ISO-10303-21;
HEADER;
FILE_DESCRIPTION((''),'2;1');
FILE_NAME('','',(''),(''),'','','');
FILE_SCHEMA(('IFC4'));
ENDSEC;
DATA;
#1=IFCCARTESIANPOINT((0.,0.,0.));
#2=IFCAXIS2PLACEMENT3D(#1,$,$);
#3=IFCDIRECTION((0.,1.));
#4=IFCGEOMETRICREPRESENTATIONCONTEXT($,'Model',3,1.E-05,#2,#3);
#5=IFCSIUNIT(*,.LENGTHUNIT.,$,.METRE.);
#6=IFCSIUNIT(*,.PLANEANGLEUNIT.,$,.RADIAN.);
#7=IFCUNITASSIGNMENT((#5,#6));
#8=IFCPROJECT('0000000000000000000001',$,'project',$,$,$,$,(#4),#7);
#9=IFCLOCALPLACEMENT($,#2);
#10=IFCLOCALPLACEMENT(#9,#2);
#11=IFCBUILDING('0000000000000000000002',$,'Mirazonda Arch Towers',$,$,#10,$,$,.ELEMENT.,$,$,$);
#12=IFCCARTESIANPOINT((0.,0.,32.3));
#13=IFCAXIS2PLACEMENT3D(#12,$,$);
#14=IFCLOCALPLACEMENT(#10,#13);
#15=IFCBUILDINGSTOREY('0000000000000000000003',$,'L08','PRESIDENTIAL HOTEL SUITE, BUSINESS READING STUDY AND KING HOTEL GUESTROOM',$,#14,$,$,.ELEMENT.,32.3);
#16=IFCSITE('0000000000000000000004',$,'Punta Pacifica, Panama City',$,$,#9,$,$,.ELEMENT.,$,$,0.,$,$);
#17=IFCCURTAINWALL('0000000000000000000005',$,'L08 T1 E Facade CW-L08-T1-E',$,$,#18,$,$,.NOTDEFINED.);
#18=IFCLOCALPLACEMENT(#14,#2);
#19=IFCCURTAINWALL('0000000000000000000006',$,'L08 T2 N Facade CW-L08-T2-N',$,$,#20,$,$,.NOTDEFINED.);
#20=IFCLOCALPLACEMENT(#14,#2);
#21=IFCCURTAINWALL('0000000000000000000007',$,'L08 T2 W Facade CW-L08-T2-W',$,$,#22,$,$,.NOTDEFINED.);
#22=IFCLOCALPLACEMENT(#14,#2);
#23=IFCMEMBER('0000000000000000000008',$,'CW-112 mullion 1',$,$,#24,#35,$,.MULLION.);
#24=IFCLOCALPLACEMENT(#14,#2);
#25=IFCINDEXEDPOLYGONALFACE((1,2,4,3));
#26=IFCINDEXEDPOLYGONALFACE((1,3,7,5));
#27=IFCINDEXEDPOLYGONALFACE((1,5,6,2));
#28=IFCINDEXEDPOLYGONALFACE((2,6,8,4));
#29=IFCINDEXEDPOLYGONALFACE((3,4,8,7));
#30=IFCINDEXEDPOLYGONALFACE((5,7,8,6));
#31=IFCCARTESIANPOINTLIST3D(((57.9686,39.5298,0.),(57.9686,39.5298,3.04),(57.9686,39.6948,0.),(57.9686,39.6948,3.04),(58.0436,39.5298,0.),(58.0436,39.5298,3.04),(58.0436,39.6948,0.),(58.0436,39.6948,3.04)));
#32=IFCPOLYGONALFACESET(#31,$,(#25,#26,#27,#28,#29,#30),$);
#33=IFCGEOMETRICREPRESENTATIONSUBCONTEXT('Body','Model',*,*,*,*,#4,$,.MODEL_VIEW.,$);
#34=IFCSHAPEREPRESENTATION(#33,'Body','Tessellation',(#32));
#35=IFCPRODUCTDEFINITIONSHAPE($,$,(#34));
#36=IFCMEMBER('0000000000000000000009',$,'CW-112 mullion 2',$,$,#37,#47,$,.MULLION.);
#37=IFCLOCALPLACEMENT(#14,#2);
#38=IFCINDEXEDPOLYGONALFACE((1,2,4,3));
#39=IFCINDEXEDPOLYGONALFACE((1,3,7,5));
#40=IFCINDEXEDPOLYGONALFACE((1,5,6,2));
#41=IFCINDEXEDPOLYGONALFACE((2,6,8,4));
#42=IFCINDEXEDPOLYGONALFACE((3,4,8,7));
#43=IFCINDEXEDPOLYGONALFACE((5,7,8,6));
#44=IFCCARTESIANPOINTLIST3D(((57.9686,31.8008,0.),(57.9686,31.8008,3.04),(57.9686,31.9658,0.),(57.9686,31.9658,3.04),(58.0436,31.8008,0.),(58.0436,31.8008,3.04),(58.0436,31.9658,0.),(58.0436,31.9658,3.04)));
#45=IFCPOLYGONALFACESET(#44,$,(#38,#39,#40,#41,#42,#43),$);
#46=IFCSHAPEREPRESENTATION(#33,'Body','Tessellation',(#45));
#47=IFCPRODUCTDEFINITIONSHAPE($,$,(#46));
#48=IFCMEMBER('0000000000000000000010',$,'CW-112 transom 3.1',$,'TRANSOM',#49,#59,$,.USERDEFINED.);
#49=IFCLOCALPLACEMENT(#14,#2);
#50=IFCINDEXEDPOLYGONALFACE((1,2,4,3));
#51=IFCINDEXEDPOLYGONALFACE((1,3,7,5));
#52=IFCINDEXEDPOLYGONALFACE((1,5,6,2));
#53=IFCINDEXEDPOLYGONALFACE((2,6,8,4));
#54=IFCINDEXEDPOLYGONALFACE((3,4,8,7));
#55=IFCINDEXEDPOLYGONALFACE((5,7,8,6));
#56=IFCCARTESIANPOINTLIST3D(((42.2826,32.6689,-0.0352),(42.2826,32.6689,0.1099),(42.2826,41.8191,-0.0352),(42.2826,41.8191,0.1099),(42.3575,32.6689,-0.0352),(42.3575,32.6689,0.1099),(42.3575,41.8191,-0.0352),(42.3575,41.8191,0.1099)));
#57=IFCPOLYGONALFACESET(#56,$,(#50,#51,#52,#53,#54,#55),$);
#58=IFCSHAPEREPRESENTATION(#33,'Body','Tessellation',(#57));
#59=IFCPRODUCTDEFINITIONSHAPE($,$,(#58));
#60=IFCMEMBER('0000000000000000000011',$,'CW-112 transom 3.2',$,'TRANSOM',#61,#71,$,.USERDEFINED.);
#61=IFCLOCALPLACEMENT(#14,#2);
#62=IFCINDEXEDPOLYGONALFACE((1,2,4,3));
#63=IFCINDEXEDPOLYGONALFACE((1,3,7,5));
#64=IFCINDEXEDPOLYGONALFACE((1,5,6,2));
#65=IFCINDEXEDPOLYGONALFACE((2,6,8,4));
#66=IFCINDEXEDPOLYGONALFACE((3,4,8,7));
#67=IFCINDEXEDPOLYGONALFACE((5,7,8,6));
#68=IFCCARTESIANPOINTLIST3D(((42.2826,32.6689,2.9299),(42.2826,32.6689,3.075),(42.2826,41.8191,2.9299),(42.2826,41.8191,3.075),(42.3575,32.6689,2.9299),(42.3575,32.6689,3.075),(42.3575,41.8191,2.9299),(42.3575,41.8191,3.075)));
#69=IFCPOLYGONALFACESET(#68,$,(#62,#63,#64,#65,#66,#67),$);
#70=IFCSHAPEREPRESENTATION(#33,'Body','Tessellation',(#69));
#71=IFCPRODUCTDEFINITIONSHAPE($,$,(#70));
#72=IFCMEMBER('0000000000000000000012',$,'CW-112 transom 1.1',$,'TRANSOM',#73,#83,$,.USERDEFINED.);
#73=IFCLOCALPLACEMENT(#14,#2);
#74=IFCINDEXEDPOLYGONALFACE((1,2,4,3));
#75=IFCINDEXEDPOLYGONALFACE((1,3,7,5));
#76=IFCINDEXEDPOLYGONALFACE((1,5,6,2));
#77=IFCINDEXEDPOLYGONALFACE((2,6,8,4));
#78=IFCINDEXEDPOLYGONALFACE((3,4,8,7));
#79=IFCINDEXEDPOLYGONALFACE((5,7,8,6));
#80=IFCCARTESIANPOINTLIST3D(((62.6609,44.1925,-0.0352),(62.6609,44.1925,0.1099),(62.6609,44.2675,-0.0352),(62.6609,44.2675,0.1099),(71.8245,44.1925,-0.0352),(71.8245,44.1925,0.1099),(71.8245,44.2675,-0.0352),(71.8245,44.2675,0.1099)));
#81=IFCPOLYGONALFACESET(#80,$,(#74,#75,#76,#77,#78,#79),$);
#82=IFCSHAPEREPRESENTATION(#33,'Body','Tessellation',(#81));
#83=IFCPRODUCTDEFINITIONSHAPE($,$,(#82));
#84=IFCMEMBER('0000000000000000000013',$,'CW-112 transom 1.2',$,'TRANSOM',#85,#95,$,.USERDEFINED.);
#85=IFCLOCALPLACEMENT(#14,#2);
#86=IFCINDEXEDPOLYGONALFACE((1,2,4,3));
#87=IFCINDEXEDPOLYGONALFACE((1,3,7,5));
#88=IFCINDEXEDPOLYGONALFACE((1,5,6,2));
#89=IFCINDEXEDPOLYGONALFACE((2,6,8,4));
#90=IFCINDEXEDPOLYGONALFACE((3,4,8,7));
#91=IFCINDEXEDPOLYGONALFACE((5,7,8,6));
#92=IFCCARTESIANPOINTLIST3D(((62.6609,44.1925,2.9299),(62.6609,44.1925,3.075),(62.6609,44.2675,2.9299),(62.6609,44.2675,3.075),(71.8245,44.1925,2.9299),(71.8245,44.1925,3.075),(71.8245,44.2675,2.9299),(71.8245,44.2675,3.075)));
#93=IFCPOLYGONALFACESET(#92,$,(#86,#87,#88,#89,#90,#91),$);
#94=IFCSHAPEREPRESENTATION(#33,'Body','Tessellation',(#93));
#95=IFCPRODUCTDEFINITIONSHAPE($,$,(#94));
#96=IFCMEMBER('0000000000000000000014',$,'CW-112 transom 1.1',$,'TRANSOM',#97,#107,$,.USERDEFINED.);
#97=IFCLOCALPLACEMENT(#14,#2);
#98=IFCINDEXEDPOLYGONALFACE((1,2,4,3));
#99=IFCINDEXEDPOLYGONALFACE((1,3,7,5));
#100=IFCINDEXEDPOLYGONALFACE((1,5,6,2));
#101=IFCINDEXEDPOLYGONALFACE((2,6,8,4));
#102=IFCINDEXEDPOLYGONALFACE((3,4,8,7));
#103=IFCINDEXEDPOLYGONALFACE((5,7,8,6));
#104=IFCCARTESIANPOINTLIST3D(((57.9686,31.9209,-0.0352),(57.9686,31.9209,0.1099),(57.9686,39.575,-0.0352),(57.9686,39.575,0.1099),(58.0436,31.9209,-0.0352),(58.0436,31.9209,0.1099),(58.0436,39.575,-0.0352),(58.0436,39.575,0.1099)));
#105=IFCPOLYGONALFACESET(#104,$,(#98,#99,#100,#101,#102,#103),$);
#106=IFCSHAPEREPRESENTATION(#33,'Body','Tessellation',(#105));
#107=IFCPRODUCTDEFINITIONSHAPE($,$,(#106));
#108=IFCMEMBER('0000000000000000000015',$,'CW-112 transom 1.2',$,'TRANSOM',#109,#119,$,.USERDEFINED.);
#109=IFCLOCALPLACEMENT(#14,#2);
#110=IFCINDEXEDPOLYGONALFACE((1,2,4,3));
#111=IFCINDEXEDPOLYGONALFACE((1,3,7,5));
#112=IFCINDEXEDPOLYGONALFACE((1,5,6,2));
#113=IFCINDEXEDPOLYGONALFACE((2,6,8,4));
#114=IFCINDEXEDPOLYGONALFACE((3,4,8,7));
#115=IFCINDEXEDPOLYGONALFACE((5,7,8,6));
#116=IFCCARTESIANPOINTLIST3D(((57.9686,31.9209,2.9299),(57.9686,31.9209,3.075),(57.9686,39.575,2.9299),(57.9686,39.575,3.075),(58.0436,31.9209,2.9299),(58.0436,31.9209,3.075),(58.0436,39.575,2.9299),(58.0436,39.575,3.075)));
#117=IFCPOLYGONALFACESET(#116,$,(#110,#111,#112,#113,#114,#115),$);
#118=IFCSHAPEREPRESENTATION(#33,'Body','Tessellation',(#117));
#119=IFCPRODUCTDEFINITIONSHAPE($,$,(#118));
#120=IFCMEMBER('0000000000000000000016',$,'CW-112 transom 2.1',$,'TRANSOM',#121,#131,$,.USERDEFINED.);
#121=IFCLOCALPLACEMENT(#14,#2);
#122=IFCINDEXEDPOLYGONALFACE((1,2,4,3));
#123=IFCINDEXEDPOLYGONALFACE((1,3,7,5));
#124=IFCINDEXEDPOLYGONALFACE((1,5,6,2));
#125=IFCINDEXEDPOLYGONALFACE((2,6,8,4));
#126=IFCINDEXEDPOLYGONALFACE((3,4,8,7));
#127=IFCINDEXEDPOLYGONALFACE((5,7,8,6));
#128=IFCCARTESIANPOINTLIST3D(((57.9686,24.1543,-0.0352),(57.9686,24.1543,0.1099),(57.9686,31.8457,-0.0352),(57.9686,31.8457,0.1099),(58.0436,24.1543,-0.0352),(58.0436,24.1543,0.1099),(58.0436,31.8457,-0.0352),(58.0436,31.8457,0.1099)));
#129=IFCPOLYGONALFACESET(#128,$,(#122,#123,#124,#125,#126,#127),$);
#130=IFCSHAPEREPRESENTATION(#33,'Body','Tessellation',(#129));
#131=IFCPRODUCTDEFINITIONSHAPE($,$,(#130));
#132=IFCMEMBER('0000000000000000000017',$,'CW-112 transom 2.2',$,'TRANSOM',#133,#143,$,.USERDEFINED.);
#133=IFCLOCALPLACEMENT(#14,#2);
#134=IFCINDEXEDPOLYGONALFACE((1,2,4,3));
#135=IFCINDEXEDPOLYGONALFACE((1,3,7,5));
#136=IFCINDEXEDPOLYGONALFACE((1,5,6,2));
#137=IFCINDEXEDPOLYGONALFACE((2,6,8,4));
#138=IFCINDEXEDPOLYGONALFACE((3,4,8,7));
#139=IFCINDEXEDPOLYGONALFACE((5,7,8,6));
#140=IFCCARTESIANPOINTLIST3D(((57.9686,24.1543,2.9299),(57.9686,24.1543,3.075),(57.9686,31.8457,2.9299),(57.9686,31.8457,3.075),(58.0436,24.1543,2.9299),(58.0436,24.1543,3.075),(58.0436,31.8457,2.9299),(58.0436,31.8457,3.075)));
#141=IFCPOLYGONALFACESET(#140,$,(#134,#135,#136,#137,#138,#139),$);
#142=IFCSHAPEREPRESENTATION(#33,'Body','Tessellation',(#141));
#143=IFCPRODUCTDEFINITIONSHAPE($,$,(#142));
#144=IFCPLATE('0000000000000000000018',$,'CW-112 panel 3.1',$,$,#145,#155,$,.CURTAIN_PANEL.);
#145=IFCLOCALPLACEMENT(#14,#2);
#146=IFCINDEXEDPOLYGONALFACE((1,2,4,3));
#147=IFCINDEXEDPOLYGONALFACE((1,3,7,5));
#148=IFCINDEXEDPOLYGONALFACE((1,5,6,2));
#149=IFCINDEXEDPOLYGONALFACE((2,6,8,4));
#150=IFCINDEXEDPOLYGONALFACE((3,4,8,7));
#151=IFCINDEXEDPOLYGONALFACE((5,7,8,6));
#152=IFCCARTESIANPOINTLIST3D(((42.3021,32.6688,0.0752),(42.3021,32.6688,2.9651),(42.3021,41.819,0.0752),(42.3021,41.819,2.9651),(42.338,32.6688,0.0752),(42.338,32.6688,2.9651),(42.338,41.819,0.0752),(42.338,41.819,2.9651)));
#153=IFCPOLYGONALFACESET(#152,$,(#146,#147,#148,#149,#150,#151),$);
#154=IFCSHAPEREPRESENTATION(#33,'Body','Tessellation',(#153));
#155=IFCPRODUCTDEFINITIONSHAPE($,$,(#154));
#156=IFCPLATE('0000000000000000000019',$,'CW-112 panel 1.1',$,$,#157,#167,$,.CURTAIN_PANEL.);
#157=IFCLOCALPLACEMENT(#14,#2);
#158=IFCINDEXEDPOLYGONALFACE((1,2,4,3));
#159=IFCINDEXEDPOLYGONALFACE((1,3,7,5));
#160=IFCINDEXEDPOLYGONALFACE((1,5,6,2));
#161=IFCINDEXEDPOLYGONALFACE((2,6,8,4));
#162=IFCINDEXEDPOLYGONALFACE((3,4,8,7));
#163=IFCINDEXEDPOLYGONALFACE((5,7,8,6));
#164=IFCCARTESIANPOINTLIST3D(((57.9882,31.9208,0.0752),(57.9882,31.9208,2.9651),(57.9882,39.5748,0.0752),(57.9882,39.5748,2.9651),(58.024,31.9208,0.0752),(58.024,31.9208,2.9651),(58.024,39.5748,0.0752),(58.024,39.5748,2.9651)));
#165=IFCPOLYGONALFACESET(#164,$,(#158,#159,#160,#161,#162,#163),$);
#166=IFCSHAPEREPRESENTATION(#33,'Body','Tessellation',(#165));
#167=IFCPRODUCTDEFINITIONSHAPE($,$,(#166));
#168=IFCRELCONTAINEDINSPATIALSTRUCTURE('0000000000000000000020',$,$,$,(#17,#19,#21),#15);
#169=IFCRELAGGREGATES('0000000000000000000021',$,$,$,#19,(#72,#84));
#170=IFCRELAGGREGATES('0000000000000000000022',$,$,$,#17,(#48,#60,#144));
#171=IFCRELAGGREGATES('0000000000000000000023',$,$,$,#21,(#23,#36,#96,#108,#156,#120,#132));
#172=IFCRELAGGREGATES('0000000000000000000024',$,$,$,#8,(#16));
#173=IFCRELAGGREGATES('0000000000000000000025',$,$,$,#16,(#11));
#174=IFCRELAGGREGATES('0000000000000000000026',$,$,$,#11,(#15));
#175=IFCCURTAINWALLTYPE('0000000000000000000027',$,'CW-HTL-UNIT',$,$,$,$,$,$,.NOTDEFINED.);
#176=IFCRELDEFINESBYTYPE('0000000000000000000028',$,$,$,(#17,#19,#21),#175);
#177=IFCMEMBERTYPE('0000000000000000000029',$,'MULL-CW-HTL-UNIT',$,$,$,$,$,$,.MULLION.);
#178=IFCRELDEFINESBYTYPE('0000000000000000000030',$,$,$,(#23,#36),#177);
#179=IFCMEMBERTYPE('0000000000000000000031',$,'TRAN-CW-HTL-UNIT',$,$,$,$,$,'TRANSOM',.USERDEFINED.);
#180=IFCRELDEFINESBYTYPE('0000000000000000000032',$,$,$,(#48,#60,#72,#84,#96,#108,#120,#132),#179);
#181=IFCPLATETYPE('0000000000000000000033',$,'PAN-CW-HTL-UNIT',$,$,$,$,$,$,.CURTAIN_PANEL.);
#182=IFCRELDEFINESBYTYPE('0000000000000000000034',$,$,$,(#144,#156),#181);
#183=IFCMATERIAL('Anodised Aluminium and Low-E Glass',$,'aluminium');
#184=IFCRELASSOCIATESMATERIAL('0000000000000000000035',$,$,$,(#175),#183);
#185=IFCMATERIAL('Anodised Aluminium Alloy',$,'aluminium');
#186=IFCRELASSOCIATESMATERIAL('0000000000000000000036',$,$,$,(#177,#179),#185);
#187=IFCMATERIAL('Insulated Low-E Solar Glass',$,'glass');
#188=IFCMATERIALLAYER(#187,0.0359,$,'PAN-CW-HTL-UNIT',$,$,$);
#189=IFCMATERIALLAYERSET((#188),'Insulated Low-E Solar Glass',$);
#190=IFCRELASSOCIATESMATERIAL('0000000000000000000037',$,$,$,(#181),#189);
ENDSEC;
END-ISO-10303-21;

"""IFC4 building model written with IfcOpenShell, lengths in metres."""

from ifc_helpers import new_model, si_unit, direction, frame, origin, origin_2d, place, context, subcontext, project, spatial, rectangle, extrude, material, layer, layer_set, material_profile, profile_set, type_object, element, aggregate, save


model = new_model("IFC4")

# Units and contexts
model_context = context("Model", 3, precision=1e-05, world=origin(), true_north=direction((0.0, 1.0)))
body_context = subcontext(model_context, "Body", "Model", "MODEL_VIEW")
ifc_project = project(units=[si_unit("LENGTHUNIT", "METRE"), si_unit("PLANEANGLEUNIT", "RADIAN")], contexts=[model_context])

# Site, building, storey
site_placement = place(None, origin())
site = spatial("IfcSite", under=ifc_project, at=site_placement, Name="Punta Pacifica, Panama City", CompositionType="ELEMENT", RefElevation=0.0)
building_placement = place(site_placement, origin())
building = spatial("IfcBuilding", under=site, at=building_placement, Name="Mirazonda Arch Towers", CompositionType="ELEMENT")
storey_placement = place(building_placement, frame((0.0, 0.0, 32.3)))
storey = spatial("IfcBuildingStorey", under=building, at=storey_placement, Name="L08", Description="PRESIDENTIAL HOTEL SUITE, BUSINESS READING STUDY AND KING HOTEL GUESTROOM", CompositionType="ELEMENT", Elevation=32.3)

# Curtain wall
ifc_material_1 = material(Name="Anodised Aluminium and Low-E Glass", Category="aluminium")
curtain_wall_type = type_object("IfcCurtainWallType", Name="CW-HTL-UNIT", PredefinedType="NOTDEFINED", material=ifc_material_1)
curtain_wall_1_placement = place(storey_placement, origin())
curtain_wall_1 = element("IfcCurtainWall", 1, at=curtain_wall_1_placement, inside=storey, type_object=curtain_wall_type, Name="L08 T1 E Facade CW-L08-T1-E", PredefinedType="NOTDEFINED")
ifc_material_2 = material(Name="Anodised Aluminium Alloy", Category="aluminium")
ifc_material_profile_1 = material_profile(ifc_material_2, rectangle(XDim=0.075, YDim=0.165, at=origin_2d()), Name="ALU-MULL-75x165")
ifc_profile_set_1 = profile_set([ifc_material_profile_1], Name="Anodised Aluminium Alloy")
member_type_1 = type_object("IfcMemberType", Name="MULL-CW-HTL-UNIT", PredefinedType="MULLION", material=ifc_profile_set_1)

# Curtain wall
curtain_wall_2_placement = place(storey_placement, origin())
curtain_wall_2 = element("IfcCurtainWall", 2, at=curtain_wall_2_placement, inside=storey, type_object=curtain_wall_type, Name="L08 T2 N Facade CW-L08-T2-N", PredefinedType="NOTDEFINED")

# Curtain wall, members
curtain_wall_3_placement = place(storey_placement, origin())
curtain_wall_3 = element("IfcCurtainWall", 3, at=curtain_wall_3_placement, inside=storey, type_object=curtain_wall_type, Name="L08 T2 W Facade CW-L08-T2-W", PredefinedType="NOTDEFINED")
member_1_placement = place(storey_placement, frame((58.0061, 39.6123, 0.0), z_axis=(0.0, 0.0, 1.0), x_axis=(1.0, 0.0, 0.0)))
member_1 = element("IfcMember", 4, at=member_1_placement, type_object=member_type_1, Name="CW-112 mullion 1", PredefinedType="MULLION", context=body_context, shape_type="SweptSolid", body=[
    extrude(rectangle(XDim=0.075, YDim=0.165, at=origin_2d()), origin(), (0.0, 0.0, 1.0), 3.04),
])
member_2_placement = place(storey_placement, frame((58.0061, 31.8833, 0.0), z_axis=(0.0, 0.0, 1.0), x_axis=(1.0, 0.0, 0.0)))
member_2 = element("IfcMember", 5, at=member_2_placement, type_object=member_type_1, Name="CW-112 mullion 2", PredefinedType="MULLION", context=body_context, shape_type="SweptSolid", body=[
    extrude(rectangle(XDim=0.075, YDim=0.165, at=origin_2d()), origin(), (0.0, 0.0, 1.0), 3.04),
])

# Members
ifc_material_profile_2 = material_profile(ifc_material_2, rectangle(XDim=0.075, YDim=0.145, at=origin_2d()), Name="ALU-TRAN-75x145")
ifc_profile_set_2 = profile_set([ifc_material_profile_2], Name="Anodised Aluminium Alloy")
member_type_2 = type_object("IfcMemberType", Name="TRAN-CW-HTL-UNIT", ElementType="TRANSOM", PredefinedType="USERDEFINED", material=ifc_profile_set_2)
member_3_placement = place(storey_placement, frame((42.3201, 32.6689, 0.0374), z_axis=(0.0, 1.0, 0.0), x_axis=(-1.0, 0.0, 0.0)))
member_3 = element("IfcMember", 6, at=member_3_placement, type_object=member_type_2, Name="CW-112 transom 3.1", ObjectType="TRANSOM", PredefinedType="USERDEFINED", context=body_context, shape_type="SweptSolid", body=[
    extrude(rectangle(XDim=0.075, YDim=0.145, at=origin_2d()), origin(), (0.0, 0.0, 1.0), 9.1501),
])
member_4_placement = place(storey_placement, frame((42.3201, 32.6689, 3.0024), z_axis=(0.0, 1.0, 0.0), x_axis=(-1.0, 0.0, 0.0)))
member_4 = element("IfcMember", 7, at=member_4_placement, type_object=member_type_2, Name="CW-112 transom 3.2", ObjectType="TRANSOM", PredefinedType="USERDEFINED", context=body_context, shape_type="SweptSolid", body=[
    extrude(rectangle(XDim=0.075, YDim=0.145, at=origin_2d()), origin(), (0.0, 0.0, 1.0), 9.1501),
])
member_5_placement = place(storey_placement, frame((62.6609, 44.23, 0.0374), z_axis=(1.0, 0.0, 0.0), x_axis=(0.0, 1.0, 0.0)))
member_5 = element("IfcMember", 8, at=member_5_placement, type_object=member_type_2, Name="CW-112 transom 1.1", ObjectType="TRANSOM", PredefinedType="USERDEFINED", context=body_context, shape_type="SweptSolid", body=[
    extrude(rectangle(XDim=0.075, YDim=0.145, at=origin_2d()), origin(), (0.0, 0.0, 1.0), 9.1636),
])
member_6_placement = place(storey_placement, frame((62.6609, 44.23, 3.0024), z_axis=(1.0, 0.0, 0.0), x_axis=(0.0, 1.0, 0.0)))
member_6 = element("IfcMember", 9, at=member_6_placement, type_object=member_type_2, Name="CW-112 transom 1.2", ObjectType="TRANSOM", PredefinedType="USERDEFINED", context=body_context, shape_type="SweptSolid", body=[
    extrude(rectangle(XDim=0.075, YDim=0.145, at=origin_2d()), origin(), (0.0, 0.0, 1.0), 9.1636),
])
aggregate(curtain_wall_2, [member_5, member_6])
member_7_placement = place(storey_placement, frame((58.0061, 39.575, 0.0374), z_axis=(0.0, -1.0, 0.0), x_axis=(1.0, 0.0, 0.0)))
member_7 = element("IfcMember", 10, at=member_7_placement, type_object=member_type_2, Name="CW-112 transom 1.1", ObjectType="TRANSOM", PredefinedType="USERDEFINED", context=body_context, shape_type="SweptSolid", body=[
    extrude(rectangle(XDim=0.075, YDim=0.145, at=origin_2d()), origin(), (0.0, 0.0, 1.0), 7.6541),
])
member_8_placement = place(storey_placement, frame((58.0061, 39.575, 3.0024), z_axis=(0.0, -1.0, 0.0), x_axis=(1.0, 0.0, 0.0)))
member_8 = element("IfcMember", 11, at=member_8_placement, type_object=member_type_2, Name="CW-112 transom 1.2", ObjectType="TRANSOM", PredefinedType="USERDEFINED", context=body_context, shape_type="SweptSolid", body=[
    extrude(rectangle(XDim=0.075, YDim=0.145, at=origin_2d()), origin(), (0.0, 0.0, 1.0), 7.6541),
])
member_9_placement = place(storey_placement, frame((58.0061, 31.8457, 0.0374), z_axis=(0.0, -1.0, 0.0), x_axis=(1.0, 0.0, 0.0)))
member_9 = element("IfcMember", 12, at=member_9_placement, type_object=member_type_2, Name="CW-112 transom 2.1", ObjectType="TRANSOM", PredefinedType="USERDEFINED", context=body_context, shape_type="SweptSolid", body=[
    extrude(rectangle(XDim=0.075, YDim=0.145, at=origin_2d()), origin(), (0.0, 0.0, 1.0), 7.6914),
])
member_10_placement = place(storey_placement, frame((58.0061, 31.8457, 3.0024), z_axis=(0.0, -1.0, 0.0), x_axis=(1.0, 0.0, 0.0)))
member_10 = element("IfcMember", 13, at=member_10_placement, type_object=member_type_2, Name="CW-112 transom 2.2", ObjectType="TRANSOM", PredefinedType="USERDEFINED", context=body_context, shape_type="SweptSolid", body=[
    extrude(rectangle(XDim=0.075, YDim=0.145, at=origin_2d()), origin(), (0.0, 0.0, 1.0), 7.6914),
])

# Plates
ifc_material_3 = material(Name="Insulated Low-E Solar Glass", Category="glass")
ifc_layer_1 = layer(ifc_material_3, 0.0359, Name="PAN-CW-HTL-UNIT")
ifc_layer_set_1 = layer_set([ifc_layer_1], Name="Insulated Low-E Solar Glass")
plate_type = type_object("IfcPlateType", Name="PAN-CW-HTL-UNIT", PredefinedType="CURTAIN_PANEL", material=ifc_layer_set_1)
plate_1_placement = place(storey_placement, frame((42.3201, 37.2439, 0.0752), z_axis=(0.0, 0.0, 1.0), x_axis=(0.0, 1.0, 0.0)))
plate_1 = element("IfcPlate", 14, at=plate_1_placement, type_object=plate_type, Name="CW-112 panel 3.1", PredefinedType="CURTAIN_PANEL", context=body_context, shape_type="SweptSolid", body=[
    extrude(rectangle(XDim=9.1501, YDim=0.0359, at=origin_2d()), origin(), (0.0, 0.0, 1.0), 2.8899),
])
aggregate(curtain_wall_1, [member_3, member_4, plate_1])
plate_2_placement = place(storey_placement, frame((58.0061, 35.7478, 0.0752), z_axis=(0.0, 0.0, 1.0), x_axis=(0.0, -1.0, 0.0)))
plate_2 = element("IfcPlate", 15, at=plate_2_placement, type_object=plate_type, Name="CW-112 panel 1.1", PredefinedType="CURTAIN_PANEL", context=body_context, shape_type="SweptSolid", body=[
    extrude(rectangle(XDim=7.6541, YDim=0.0359, at=origin_2d()), origin(), (0.0, 0.0, 1.0), 2.8899),
])
aggregate(curtain_wall_3, [member_1, member_2, member_7, member_8, plate_2, member_9, member_10])

save(model, "model.ifc")
